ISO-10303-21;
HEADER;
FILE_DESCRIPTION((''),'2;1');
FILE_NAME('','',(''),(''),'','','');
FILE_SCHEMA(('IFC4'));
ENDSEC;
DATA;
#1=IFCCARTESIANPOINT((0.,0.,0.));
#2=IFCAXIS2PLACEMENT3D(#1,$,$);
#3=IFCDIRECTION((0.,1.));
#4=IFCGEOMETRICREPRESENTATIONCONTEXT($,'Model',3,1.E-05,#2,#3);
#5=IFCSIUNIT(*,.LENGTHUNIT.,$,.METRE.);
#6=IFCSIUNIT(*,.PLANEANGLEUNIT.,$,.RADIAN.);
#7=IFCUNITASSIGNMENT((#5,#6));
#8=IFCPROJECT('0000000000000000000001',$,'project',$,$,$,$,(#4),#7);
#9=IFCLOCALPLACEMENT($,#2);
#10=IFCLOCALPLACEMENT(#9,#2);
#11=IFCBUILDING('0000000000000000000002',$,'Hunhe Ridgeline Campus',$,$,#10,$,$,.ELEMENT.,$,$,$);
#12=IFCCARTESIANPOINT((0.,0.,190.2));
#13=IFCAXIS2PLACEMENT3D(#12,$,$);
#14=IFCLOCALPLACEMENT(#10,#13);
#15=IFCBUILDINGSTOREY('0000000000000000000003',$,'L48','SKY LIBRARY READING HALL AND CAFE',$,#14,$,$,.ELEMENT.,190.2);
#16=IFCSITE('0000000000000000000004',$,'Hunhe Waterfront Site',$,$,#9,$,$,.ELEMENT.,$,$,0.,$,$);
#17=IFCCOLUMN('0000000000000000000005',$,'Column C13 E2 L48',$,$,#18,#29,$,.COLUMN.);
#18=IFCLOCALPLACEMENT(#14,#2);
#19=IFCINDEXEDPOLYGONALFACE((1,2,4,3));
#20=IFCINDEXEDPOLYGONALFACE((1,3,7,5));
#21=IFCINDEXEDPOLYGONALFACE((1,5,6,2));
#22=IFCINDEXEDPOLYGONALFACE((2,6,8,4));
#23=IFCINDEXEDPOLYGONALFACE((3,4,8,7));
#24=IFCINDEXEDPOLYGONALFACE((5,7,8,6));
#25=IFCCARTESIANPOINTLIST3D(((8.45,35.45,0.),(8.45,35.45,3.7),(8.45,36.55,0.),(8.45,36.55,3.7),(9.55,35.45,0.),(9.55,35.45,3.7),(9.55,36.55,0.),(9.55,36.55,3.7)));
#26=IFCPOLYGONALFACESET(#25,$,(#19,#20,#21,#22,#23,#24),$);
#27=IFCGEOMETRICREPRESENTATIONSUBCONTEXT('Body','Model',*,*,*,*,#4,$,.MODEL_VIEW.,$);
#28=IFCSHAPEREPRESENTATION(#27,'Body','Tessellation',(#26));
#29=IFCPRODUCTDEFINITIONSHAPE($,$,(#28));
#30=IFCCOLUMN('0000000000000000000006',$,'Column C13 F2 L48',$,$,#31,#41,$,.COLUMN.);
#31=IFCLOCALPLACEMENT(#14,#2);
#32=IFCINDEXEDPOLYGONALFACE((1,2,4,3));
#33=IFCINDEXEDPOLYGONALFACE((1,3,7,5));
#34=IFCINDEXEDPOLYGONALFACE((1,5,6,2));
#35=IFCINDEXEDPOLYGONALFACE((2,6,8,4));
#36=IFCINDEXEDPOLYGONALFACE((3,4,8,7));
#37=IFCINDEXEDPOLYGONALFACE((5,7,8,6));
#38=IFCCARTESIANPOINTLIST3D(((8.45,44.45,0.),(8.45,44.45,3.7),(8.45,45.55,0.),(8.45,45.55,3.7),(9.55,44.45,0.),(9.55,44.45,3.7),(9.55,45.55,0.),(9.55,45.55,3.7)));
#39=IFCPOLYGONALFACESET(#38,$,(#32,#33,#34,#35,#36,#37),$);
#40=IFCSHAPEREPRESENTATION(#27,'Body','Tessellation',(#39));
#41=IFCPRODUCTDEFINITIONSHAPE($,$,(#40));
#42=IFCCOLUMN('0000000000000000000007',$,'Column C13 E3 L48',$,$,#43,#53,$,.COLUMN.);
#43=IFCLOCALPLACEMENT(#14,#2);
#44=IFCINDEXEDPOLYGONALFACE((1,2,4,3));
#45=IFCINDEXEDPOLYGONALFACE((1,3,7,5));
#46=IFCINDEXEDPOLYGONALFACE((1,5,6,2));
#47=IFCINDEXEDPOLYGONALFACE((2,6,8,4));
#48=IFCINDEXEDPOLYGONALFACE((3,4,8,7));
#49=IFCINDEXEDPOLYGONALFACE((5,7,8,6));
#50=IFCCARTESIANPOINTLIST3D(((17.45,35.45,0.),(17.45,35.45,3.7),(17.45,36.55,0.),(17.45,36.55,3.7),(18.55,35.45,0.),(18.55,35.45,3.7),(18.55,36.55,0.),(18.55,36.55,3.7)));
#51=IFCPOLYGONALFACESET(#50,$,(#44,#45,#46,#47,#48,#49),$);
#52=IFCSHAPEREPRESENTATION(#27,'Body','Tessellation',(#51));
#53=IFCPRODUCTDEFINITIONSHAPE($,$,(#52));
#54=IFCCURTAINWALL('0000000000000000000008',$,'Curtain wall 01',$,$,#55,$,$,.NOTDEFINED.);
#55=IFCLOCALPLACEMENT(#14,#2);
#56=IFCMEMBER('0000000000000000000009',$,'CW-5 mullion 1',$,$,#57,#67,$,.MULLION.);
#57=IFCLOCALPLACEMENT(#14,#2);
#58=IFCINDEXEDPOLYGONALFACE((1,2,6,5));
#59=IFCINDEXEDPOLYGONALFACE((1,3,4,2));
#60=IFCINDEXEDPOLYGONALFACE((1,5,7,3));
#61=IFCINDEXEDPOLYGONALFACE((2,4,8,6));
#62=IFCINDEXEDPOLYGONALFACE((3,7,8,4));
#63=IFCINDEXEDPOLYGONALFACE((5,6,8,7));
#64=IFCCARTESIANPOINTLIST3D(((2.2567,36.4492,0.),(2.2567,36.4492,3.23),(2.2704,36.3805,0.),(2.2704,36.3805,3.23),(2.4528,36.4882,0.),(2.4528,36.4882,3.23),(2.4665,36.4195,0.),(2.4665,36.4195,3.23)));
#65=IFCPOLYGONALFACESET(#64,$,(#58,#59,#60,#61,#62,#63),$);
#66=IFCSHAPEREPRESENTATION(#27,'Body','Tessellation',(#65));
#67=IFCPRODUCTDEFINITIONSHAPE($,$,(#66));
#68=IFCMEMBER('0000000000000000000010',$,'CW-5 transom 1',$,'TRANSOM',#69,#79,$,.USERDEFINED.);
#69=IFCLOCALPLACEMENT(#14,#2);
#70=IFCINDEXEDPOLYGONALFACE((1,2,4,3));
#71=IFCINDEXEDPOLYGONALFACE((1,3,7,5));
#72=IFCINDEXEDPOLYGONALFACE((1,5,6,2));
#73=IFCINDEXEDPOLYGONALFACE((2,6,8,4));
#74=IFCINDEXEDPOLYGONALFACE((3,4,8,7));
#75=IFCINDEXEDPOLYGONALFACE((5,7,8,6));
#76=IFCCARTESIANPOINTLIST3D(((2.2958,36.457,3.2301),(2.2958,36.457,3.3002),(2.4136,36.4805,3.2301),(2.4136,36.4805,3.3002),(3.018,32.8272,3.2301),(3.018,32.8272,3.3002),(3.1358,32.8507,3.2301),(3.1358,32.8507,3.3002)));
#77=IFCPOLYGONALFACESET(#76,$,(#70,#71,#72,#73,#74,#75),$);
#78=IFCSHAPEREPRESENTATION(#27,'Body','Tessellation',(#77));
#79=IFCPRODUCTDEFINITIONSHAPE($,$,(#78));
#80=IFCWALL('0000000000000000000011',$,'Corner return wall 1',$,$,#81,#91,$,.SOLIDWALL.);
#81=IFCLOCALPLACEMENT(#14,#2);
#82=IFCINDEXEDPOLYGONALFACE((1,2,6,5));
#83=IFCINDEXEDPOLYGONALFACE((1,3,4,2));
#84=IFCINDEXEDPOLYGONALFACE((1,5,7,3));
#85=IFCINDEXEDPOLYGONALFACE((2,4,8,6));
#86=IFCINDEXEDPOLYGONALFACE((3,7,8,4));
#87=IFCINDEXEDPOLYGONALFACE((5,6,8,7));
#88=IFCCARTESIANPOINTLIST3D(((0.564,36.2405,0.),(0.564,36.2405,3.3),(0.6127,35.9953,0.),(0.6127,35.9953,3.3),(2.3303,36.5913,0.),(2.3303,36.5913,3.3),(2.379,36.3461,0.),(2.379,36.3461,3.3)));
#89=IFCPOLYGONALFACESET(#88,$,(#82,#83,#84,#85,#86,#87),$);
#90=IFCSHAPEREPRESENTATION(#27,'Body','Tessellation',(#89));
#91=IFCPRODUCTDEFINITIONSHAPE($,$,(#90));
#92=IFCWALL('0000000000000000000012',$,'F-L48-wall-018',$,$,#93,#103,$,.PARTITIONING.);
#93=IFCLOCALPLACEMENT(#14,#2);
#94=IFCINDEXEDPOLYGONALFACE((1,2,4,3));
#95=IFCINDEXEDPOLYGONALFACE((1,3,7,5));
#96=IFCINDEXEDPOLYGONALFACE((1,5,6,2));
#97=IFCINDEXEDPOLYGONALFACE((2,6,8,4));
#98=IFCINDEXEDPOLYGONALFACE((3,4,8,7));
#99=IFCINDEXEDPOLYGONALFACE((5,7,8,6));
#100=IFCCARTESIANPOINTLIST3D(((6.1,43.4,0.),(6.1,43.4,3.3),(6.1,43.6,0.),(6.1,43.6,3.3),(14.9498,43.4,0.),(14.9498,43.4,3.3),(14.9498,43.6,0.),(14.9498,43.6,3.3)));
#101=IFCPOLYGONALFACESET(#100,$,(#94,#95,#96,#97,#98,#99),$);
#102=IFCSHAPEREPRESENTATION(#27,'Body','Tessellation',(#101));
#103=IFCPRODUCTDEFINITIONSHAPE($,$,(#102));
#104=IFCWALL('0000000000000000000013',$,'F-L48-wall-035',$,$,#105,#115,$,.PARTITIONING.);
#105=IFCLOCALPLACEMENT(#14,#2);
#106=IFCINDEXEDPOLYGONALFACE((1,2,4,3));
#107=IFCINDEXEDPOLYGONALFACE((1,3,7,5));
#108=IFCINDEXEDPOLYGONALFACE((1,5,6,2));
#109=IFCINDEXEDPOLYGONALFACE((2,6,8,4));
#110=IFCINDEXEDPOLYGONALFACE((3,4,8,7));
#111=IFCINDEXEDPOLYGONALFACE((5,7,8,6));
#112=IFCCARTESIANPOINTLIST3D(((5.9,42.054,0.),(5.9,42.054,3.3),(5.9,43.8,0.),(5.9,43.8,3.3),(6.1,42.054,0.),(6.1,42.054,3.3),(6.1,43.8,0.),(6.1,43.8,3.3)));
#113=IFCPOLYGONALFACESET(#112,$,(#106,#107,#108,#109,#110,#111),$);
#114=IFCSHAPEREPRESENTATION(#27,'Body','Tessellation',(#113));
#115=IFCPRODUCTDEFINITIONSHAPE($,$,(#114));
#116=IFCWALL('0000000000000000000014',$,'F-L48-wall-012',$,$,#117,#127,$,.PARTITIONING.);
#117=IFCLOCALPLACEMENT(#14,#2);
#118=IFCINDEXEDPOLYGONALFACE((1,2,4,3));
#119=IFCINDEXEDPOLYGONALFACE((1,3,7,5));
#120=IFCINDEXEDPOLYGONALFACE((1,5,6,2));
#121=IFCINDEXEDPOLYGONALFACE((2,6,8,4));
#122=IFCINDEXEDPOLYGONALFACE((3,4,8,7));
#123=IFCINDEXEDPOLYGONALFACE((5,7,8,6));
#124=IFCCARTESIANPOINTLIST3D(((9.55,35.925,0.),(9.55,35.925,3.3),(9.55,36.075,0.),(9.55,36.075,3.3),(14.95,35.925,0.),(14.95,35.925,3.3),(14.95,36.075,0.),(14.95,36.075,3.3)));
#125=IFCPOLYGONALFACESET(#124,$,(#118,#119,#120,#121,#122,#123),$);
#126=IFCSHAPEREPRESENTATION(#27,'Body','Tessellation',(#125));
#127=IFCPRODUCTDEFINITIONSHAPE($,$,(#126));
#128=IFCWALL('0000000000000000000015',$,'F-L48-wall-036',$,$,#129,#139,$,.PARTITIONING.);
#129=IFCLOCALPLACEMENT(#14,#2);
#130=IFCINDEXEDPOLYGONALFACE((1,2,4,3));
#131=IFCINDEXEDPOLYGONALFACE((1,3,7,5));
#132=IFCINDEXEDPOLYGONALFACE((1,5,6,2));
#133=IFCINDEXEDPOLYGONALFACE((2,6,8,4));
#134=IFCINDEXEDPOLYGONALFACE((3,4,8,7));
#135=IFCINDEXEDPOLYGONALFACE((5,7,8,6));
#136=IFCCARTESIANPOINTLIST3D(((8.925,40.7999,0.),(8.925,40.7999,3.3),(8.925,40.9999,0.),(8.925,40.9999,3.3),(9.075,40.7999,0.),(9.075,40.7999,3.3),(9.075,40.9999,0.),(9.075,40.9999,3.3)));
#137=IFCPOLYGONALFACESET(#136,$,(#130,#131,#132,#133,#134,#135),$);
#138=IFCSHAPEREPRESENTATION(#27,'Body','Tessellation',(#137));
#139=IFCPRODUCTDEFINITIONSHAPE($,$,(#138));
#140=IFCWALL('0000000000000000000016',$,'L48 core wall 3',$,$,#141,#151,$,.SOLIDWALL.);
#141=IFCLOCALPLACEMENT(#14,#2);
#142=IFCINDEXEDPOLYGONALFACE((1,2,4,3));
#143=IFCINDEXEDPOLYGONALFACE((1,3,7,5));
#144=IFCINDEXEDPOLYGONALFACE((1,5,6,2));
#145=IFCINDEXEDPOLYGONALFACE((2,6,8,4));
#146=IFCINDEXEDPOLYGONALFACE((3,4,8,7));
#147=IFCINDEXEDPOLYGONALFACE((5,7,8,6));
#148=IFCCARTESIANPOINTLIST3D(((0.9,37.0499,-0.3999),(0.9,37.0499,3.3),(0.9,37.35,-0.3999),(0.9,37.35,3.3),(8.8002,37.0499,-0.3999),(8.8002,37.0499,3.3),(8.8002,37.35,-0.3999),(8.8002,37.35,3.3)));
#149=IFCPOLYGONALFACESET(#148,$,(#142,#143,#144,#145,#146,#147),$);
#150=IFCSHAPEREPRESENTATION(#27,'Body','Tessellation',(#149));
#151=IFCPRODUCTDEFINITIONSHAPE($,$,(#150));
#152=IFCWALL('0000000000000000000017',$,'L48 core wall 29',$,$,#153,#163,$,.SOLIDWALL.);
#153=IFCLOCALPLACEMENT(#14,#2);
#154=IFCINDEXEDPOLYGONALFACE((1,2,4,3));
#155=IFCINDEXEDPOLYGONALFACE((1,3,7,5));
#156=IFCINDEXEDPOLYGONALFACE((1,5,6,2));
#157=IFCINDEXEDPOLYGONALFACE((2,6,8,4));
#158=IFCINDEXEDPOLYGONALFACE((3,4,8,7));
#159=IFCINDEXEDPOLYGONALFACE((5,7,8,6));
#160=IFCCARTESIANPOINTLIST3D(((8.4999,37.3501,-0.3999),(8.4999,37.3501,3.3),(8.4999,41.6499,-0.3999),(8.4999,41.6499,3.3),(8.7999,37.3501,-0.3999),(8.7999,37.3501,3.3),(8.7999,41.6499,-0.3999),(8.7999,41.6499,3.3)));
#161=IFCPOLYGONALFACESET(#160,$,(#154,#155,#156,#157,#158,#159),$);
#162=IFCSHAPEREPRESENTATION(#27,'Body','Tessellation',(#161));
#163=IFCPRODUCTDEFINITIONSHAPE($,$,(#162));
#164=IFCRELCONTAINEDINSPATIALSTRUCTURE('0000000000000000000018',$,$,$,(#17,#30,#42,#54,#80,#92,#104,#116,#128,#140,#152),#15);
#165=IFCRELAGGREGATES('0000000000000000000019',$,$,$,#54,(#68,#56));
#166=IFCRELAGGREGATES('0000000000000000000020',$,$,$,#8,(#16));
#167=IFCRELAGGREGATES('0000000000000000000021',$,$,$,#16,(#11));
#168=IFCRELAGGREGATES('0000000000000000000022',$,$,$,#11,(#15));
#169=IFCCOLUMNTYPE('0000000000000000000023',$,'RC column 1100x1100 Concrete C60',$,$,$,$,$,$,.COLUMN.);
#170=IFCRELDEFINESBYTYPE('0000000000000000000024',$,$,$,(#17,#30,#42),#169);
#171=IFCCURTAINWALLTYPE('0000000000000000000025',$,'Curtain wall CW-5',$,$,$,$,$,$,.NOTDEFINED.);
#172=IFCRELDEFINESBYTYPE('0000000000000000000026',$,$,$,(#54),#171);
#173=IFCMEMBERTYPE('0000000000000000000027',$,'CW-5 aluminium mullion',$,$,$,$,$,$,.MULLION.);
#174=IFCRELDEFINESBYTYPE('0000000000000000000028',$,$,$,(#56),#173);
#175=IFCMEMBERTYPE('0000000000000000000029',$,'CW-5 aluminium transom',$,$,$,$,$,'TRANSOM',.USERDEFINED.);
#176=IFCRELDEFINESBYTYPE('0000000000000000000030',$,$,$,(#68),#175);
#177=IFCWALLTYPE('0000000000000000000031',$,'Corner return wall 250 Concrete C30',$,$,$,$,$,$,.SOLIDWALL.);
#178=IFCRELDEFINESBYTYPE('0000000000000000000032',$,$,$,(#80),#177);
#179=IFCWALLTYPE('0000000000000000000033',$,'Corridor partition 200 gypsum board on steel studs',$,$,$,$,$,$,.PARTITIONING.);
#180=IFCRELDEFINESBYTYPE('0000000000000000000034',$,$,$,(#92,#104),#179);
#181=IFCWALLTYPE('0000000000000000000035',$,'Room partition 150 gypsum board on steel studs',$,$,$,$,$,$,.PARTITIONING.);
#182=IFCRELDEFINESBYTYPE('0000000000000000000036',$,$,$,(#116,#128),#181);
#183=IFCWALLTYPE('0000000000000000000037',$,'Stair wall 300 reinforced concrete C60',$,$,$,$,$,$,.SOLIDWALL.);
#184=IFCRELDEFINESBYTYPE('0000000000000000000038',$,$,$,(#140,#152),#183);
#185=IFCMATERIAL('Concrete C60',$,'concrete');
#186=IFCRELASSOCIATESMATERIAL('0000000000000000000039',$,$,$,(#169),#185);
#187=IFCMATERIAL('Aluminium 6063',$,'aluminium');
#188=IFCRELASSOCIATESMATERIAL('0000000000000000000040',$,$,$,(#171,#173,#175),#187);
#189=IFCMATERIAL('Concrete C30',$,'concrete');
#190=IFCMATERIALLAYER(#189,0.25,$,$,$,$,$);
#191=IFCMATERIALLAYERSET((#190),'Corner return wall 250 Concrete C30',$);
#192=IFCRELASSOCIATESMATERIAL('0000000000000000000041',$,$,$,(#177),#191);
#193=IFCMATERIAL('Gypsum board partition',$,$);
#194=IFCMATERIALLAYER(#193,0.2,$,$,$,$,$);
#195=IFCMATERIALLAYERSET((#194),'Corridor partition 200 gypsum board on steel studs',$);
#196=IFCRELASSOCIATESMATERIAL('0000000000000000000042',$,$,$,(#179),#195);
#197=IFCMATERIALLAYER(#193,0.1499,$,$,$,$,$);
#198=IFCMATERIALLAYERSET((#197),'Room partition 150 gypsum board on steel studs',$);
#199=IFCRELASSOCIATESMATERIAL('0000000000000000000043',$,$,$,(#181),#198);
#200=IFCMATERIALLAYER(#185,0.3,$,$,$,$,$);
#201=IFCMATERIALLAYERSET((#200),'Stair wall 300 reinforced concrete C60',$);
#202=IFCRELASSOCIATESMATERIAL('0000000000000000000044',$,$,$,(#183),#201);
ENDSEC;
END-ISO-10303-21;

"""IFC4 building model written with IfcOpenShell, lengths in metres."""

from ifc_helpers import new_model, si_unit, direction, frame, frame_2d, origin, origin_2d, place, context, subcontext, project, spatial, rectangle, extrude, material, layer, layer_set, material_profile, profile_set, type_object, element, aggregate, save


model = new_model("IFC4")

# Units and contexts
model_context = context("Model", 3, precision=1e-05, world=origin(), true_north=direction((0.0, 1.0)))
body_context = subcontext(model_context, "Body", "Model", "MODEL_VIEW")
ifc_project = project(units=[si_unit("LENGTHUNIT", "METRE"), si_unit("PLANEANGLEUNIT", "RADIAN")], contexts=[model_context])

# Site, building, storey
site_placement = place(None, origin())
site = spatial("IfcSite", under=ifc_project, at=site_placement, Name="Hunhe Waterfront Site", CompositionType="ELEMENT", RefElevation=0.0)
building_placement = place(site_placement, origin())
building = spatial("IfcBuilding", under=site, at=building_placement, Name="Hunhe Ridgeline Campus", CompositionType="ELEMENT")
storey_placement = place(building_placement, frame((0.0, 0.0, 190.2)))
storey = spatial("IfcBuildingStorey", under=building, at=storey_placement, Name="L48", Description="SKY LIBRARY READING HALL AND CAFE", CompositionType="ELEMENT", Elevation=190.2)

# Columns
ifc_material_1 = material(Name="Concrete C60", Category="concrete")
ifc_material_profile_1 = material_profile(ifc_material_1, rectangle(XDim=1.1001, YDim=1.1001, at=origin_2d()))
ifc_profile_set_1 = profile_set([ifc_material_profile_1], Name="Concrete C60")
column_type = type_object("IfcColumnType", Name="RC column 1100x1100 Concrete C60", PredefinedType="COLUMN", material=ifc_profile_set_1)
for number, where, z_axis, x_axis, name in (
    (1, (9.0, 36.0, 0.0), (0.0, 0.0, 1.0), (1.0, 0.0, 0.0), "Column C13 E2 L48"),
    (2, (9.0, 45.0, 0.0), (0.0, 0.0, 1.0), (1.0, 0.0, 0.0), "Column C13 F2 L48"),
    (3, (18.0, 36.0, 0.0), (0.0, 0.0, 1.0), (1.0, 0.0, 0.0), "Column C13 E3 L48"),
):
    element("IfcColumn", number, at=place(storey_placement, frame(where, z_axis=z_axis, x_axis=x_axis)), inside=storey, type_object=column_type, Name=name, PredefinedType="COLUMN", context=body_context, shape_type="SweptSolid", body=[
        extrude(rectangle(XDim=1.1001, YDim=1.1001, at=origin_2d()), origin(), (0.0, 0.0, 1.0), 3.7),
    ])

# Curtain wall, members
ifc_material_2 = material(Name="Aluminium 6063", Category="aluminium")
curtain_wall_type = type_object("IfcCurtainWallType", Name="Curtain wall CW-5", PredefinedType="NOTDEFINED", material=ifc_material_2)
curtain_wall_placement = place(storey_placement, origin())
curtain_wall = element("IfcCurtainWall", 4, at=curtain_wall_placement, inside=storey, type_object=curtain_wall_type, Name="Curtain wall 01", PredefinedType="NOTDEFINED")
ifc_material_profile_2 = material_profile(ifc_material_2, rectangle(XDim=0.2, YDim=0.0701, at=origin_2d()))
ifc_profile_set_2 = profile_set([ifc_material_profile_2], Name="Aluminium 6063")
member_type_1 = type_object("IfcMemberType", Name="CW-5 aluminium mullion", PredefinedType="MULLION", material=ifc_profile_set_2)
member_1_placement = place(storey_placement, frame((2.3616, 36.4343, 0.0), z_axis=(0.0, 0.0, 1.0), x_axis=(0.980784, 0.195095, 0.0)))
member_1 = element("IfcMember", 5, at=member_1_placement, type_object=member_type_1, Name="CW-5 mullion 1", PredefinedType="MULLION", context=body_context, shape_type="SweptSolid", body=[
    extrude(rectangle(XDim=0.2, YDim=0.0701, at=origin_2d()), origin(), (0.0, 0.0, 1.0), 3.23),
])
ifc_material_profile_3 = material_profile(ifc_material_2, rectangle(XDim=0.1201, YDim=0.0701, at=origin_2d()))
ifc_profile_set_3 = profile_set([ifc_material_profile_3], Name="Aluminium 6063")
member_type_2 = type_object("IfcMemberType", Name="CW-5 aluminium transom", ElementType="TRANSOM", PredefinedType="USERDEFINED", material=ifc_profile_set_3)
member_2_placement = place(storey_placement, frame((2.3547, 36.4688, 3.2651), z_axis=(0.195127, -0.980778, 0.0), x_axis=(0.980778, 0.195127, 0.0)))
member_2 = element("IfcMember", 6, at=member_2_placement, type_object=member_type_2, Name="CW-5 transom 1", ObjectType="TRANSOM", PredefinedType="USERDEFINED", context=body_context, shape_type="SweptSolid", body=[
    extrude(rectangle(XDim=0.1201, YDim=0.0701, at=origin_2d()), origin(), (0.0, 0.0, 1.0), 3.7009),
])
aggregate(curtain_wall, [member_2, member_1])

# Wall
ifc_material_3 = material(Name="Concrete C30", Category="concrete")
ifc_layer_1 = layer(ifc_material_3, 0.25)
ifc_layer_set_1 = layer_set([ifc_layer_1], Name="Corner return wall 250 Concrete C30")
wall_type_1 = type_object("IfcWallType", Name="Corner return wall 250 Concrete C30", PredefinedType="SOLIDWALL", material=ifc_layer_set_1)
wall_1_placement = place(storey_placement, frame((0.5884, 36.1179, 0.0), z_axis=(0.0, 0.0, 1.0), x_axis=(0.980841, 0.194812, 0.0)))
element("IfcWall", 7, at=wall_1_placement, inside=storey, type_object=wall_type_1, Name="Corner return wall 1", PredefinedType="SOLIDWALL", context=body_context, shape_type="SweptSolid", body=[
    extrude(rectangle(XDim=1.8008, YDim=0.25, at=frame_2d((0.9004, 0.0))), origin(), (0.0, 0.0, 1.0), 3.3),
])

# Shared definitions
ifc_material_4 = material(Name="Gypsum board partition")
ifc_layer_2 = layer(ifc_material_4, 0.2)
ifc_layer_set_2 = layer_set([ifc_layer_2], Name="Corridor partition 200 gypsum board on steel studs")
wall_type_2 = type_object("IfcWallType", Name="Corridor partition 200 gypsum board on steel studs", PredefinedType="PARTITIONING", material=ifc_layer_set_2)

# Walls
wall_2_placement = place(storey_placement, frame((6.1001, 43.5, 0.0), z_axis=(0.0, 0.0, 1.0), x_axis=(1.0, 0.0, 0.0)))
element("IfcWall", 8, at=wall_2_placement, inside=storey, type_object=wall_type_2, Name="F-L48-wall-018", PredefinedType="PARTITIONING", context=body_context, shape_type="SweptSolid", body=[
    extrude(rectangle(XDim=8.8499, YDim=0.2, at=frame_2d((4.4248, 0.0))), origin(), (0.0, 0.0, 1.0), 3.3),
])
wall_3_placement = place(storey_placement, frame((6.0, 42.054, 0.0), z_axis=(0.0, 0.0, 1.0), x_axis=(0.0, 1.0, 0.0)))
element("IfcWall", 9, at=wall_3_placement, inside=storey, type_object=wall_type_2, Name="F-L48-wall-035", PredefinedType="PARTITIONING", context=body_context, shape_type="SweptSolid", body=[
    extrude(rectangle(XDim=1.7461, YDim=0.2, at=frame_2d((0.873, 0.0))), origin(), (0.0, 0.0, 1.0), 3.3),
])

# Walls
ifc_layer_3 = layer(ifc_material_4, 0.1499)
ifc_layer_set_3 = layer_set([ifc_layer_3], Name="Room partition 150 gypsum board on steel studs")
wall_type_3 = type_object("IfcWallType", Name="Room partition 150 gypsum board on steel studs", PredefinedType="PARTITIONING", material=ifc_layer_set_3)
wall_4_placement = place(storey_placement, frame((9.55, 36.0, 0.0), z_axis=(0.0, 0.0, 1.0), x_axis=(1.0, 0.0, 0.0)))
element("IfcWall", 10, at=wall_4_placement, inside=storey, type_object=wall_type_3, Name="F-L48-wall-012", PredefinedType="PARTITIONING", context=body_context, shape_type="SweptSolid", body=[
    extrude(rectangle(XDim=5.3999, YDim=0.1499, at=frame_2d((2.7, 0.0))), origin(), (0.0, 0.0, 1.0), 3.3),
])
wall_5_placement = place(storey_placement, frame((9.0, 41.0, 0.0), z_axis=(0.0, 0.0, 1.0), x_axis=(0.0, -1.0, 0.0)))
element("IfcWall", 11, at=wall_5_placement, inside=storey, type_object=wall_type_3, Name="F-L48-wall-036", PredefinedType="PARTITIONING", context=body_context, shape_type="SweptSolid", body=[
    extrude(rectangle(XDim=0.2, YDim=0.1499, at=frame_2d((0.1001, 0.0))), origin(), (0.0, 0.0, 1.0), 3.3),
])
ifc_layer_4 = layer(ifc_material_1, 0.3)
ifc_layer_set_4 = layer_set([ifc_layer_4], Name="Stair wall 300 reinforced concrete C60")
wall_type_4 = type_object("IfcWallType", Name="Stair wall 300 reinforced concrete C60", PredefinedType="SOLIDWALL", material=ifc_layer_set_4)
wall_6_placement = place(storey_placement, frame((0.8999, 37.2, -0.3999), z_axis=(0.0, 0.0, 1.0), x_axis=(1.0, 0.0, 0.0)))
element("IfcWall", 12, at=wall_6_placement, inside=storey, type_object=wall_type_4, Name="L48 core wall 3", PredefinedType="SOLIDWALL", context=body_context, shape_type="SweptSolid", body=[
    extrude(rectangle(XDim=7.9001, YDim=0.3, at=frame_2d((3.9502, 0.0))), origin(), (0.0, 0.0, 1.0), 3.7),
])

# Wall
wall_7_placement = place(storey_placement, frame((8.6499, 37.3501, -0.3999), z_axis=(0.0, 0.0, 1.0), x_axis=(0.0, 1.0, 0.0)))
element("IfcWall", 13, at=wall_7_placement, inside=storey, type_object=wall_type_4, Name="L48 core wall 29", PredefinedType="SOLIDWALL", context=body_context, shape_type="SweptSolid", body=[
    extrude(rectangle(XDim=4.2998, YDim=0.3, at=frame_2d((2.1499, 0.0))), origin(), (0.0, 0.0, 1.0), 3.7),
])

save(model, "model.ifc")
